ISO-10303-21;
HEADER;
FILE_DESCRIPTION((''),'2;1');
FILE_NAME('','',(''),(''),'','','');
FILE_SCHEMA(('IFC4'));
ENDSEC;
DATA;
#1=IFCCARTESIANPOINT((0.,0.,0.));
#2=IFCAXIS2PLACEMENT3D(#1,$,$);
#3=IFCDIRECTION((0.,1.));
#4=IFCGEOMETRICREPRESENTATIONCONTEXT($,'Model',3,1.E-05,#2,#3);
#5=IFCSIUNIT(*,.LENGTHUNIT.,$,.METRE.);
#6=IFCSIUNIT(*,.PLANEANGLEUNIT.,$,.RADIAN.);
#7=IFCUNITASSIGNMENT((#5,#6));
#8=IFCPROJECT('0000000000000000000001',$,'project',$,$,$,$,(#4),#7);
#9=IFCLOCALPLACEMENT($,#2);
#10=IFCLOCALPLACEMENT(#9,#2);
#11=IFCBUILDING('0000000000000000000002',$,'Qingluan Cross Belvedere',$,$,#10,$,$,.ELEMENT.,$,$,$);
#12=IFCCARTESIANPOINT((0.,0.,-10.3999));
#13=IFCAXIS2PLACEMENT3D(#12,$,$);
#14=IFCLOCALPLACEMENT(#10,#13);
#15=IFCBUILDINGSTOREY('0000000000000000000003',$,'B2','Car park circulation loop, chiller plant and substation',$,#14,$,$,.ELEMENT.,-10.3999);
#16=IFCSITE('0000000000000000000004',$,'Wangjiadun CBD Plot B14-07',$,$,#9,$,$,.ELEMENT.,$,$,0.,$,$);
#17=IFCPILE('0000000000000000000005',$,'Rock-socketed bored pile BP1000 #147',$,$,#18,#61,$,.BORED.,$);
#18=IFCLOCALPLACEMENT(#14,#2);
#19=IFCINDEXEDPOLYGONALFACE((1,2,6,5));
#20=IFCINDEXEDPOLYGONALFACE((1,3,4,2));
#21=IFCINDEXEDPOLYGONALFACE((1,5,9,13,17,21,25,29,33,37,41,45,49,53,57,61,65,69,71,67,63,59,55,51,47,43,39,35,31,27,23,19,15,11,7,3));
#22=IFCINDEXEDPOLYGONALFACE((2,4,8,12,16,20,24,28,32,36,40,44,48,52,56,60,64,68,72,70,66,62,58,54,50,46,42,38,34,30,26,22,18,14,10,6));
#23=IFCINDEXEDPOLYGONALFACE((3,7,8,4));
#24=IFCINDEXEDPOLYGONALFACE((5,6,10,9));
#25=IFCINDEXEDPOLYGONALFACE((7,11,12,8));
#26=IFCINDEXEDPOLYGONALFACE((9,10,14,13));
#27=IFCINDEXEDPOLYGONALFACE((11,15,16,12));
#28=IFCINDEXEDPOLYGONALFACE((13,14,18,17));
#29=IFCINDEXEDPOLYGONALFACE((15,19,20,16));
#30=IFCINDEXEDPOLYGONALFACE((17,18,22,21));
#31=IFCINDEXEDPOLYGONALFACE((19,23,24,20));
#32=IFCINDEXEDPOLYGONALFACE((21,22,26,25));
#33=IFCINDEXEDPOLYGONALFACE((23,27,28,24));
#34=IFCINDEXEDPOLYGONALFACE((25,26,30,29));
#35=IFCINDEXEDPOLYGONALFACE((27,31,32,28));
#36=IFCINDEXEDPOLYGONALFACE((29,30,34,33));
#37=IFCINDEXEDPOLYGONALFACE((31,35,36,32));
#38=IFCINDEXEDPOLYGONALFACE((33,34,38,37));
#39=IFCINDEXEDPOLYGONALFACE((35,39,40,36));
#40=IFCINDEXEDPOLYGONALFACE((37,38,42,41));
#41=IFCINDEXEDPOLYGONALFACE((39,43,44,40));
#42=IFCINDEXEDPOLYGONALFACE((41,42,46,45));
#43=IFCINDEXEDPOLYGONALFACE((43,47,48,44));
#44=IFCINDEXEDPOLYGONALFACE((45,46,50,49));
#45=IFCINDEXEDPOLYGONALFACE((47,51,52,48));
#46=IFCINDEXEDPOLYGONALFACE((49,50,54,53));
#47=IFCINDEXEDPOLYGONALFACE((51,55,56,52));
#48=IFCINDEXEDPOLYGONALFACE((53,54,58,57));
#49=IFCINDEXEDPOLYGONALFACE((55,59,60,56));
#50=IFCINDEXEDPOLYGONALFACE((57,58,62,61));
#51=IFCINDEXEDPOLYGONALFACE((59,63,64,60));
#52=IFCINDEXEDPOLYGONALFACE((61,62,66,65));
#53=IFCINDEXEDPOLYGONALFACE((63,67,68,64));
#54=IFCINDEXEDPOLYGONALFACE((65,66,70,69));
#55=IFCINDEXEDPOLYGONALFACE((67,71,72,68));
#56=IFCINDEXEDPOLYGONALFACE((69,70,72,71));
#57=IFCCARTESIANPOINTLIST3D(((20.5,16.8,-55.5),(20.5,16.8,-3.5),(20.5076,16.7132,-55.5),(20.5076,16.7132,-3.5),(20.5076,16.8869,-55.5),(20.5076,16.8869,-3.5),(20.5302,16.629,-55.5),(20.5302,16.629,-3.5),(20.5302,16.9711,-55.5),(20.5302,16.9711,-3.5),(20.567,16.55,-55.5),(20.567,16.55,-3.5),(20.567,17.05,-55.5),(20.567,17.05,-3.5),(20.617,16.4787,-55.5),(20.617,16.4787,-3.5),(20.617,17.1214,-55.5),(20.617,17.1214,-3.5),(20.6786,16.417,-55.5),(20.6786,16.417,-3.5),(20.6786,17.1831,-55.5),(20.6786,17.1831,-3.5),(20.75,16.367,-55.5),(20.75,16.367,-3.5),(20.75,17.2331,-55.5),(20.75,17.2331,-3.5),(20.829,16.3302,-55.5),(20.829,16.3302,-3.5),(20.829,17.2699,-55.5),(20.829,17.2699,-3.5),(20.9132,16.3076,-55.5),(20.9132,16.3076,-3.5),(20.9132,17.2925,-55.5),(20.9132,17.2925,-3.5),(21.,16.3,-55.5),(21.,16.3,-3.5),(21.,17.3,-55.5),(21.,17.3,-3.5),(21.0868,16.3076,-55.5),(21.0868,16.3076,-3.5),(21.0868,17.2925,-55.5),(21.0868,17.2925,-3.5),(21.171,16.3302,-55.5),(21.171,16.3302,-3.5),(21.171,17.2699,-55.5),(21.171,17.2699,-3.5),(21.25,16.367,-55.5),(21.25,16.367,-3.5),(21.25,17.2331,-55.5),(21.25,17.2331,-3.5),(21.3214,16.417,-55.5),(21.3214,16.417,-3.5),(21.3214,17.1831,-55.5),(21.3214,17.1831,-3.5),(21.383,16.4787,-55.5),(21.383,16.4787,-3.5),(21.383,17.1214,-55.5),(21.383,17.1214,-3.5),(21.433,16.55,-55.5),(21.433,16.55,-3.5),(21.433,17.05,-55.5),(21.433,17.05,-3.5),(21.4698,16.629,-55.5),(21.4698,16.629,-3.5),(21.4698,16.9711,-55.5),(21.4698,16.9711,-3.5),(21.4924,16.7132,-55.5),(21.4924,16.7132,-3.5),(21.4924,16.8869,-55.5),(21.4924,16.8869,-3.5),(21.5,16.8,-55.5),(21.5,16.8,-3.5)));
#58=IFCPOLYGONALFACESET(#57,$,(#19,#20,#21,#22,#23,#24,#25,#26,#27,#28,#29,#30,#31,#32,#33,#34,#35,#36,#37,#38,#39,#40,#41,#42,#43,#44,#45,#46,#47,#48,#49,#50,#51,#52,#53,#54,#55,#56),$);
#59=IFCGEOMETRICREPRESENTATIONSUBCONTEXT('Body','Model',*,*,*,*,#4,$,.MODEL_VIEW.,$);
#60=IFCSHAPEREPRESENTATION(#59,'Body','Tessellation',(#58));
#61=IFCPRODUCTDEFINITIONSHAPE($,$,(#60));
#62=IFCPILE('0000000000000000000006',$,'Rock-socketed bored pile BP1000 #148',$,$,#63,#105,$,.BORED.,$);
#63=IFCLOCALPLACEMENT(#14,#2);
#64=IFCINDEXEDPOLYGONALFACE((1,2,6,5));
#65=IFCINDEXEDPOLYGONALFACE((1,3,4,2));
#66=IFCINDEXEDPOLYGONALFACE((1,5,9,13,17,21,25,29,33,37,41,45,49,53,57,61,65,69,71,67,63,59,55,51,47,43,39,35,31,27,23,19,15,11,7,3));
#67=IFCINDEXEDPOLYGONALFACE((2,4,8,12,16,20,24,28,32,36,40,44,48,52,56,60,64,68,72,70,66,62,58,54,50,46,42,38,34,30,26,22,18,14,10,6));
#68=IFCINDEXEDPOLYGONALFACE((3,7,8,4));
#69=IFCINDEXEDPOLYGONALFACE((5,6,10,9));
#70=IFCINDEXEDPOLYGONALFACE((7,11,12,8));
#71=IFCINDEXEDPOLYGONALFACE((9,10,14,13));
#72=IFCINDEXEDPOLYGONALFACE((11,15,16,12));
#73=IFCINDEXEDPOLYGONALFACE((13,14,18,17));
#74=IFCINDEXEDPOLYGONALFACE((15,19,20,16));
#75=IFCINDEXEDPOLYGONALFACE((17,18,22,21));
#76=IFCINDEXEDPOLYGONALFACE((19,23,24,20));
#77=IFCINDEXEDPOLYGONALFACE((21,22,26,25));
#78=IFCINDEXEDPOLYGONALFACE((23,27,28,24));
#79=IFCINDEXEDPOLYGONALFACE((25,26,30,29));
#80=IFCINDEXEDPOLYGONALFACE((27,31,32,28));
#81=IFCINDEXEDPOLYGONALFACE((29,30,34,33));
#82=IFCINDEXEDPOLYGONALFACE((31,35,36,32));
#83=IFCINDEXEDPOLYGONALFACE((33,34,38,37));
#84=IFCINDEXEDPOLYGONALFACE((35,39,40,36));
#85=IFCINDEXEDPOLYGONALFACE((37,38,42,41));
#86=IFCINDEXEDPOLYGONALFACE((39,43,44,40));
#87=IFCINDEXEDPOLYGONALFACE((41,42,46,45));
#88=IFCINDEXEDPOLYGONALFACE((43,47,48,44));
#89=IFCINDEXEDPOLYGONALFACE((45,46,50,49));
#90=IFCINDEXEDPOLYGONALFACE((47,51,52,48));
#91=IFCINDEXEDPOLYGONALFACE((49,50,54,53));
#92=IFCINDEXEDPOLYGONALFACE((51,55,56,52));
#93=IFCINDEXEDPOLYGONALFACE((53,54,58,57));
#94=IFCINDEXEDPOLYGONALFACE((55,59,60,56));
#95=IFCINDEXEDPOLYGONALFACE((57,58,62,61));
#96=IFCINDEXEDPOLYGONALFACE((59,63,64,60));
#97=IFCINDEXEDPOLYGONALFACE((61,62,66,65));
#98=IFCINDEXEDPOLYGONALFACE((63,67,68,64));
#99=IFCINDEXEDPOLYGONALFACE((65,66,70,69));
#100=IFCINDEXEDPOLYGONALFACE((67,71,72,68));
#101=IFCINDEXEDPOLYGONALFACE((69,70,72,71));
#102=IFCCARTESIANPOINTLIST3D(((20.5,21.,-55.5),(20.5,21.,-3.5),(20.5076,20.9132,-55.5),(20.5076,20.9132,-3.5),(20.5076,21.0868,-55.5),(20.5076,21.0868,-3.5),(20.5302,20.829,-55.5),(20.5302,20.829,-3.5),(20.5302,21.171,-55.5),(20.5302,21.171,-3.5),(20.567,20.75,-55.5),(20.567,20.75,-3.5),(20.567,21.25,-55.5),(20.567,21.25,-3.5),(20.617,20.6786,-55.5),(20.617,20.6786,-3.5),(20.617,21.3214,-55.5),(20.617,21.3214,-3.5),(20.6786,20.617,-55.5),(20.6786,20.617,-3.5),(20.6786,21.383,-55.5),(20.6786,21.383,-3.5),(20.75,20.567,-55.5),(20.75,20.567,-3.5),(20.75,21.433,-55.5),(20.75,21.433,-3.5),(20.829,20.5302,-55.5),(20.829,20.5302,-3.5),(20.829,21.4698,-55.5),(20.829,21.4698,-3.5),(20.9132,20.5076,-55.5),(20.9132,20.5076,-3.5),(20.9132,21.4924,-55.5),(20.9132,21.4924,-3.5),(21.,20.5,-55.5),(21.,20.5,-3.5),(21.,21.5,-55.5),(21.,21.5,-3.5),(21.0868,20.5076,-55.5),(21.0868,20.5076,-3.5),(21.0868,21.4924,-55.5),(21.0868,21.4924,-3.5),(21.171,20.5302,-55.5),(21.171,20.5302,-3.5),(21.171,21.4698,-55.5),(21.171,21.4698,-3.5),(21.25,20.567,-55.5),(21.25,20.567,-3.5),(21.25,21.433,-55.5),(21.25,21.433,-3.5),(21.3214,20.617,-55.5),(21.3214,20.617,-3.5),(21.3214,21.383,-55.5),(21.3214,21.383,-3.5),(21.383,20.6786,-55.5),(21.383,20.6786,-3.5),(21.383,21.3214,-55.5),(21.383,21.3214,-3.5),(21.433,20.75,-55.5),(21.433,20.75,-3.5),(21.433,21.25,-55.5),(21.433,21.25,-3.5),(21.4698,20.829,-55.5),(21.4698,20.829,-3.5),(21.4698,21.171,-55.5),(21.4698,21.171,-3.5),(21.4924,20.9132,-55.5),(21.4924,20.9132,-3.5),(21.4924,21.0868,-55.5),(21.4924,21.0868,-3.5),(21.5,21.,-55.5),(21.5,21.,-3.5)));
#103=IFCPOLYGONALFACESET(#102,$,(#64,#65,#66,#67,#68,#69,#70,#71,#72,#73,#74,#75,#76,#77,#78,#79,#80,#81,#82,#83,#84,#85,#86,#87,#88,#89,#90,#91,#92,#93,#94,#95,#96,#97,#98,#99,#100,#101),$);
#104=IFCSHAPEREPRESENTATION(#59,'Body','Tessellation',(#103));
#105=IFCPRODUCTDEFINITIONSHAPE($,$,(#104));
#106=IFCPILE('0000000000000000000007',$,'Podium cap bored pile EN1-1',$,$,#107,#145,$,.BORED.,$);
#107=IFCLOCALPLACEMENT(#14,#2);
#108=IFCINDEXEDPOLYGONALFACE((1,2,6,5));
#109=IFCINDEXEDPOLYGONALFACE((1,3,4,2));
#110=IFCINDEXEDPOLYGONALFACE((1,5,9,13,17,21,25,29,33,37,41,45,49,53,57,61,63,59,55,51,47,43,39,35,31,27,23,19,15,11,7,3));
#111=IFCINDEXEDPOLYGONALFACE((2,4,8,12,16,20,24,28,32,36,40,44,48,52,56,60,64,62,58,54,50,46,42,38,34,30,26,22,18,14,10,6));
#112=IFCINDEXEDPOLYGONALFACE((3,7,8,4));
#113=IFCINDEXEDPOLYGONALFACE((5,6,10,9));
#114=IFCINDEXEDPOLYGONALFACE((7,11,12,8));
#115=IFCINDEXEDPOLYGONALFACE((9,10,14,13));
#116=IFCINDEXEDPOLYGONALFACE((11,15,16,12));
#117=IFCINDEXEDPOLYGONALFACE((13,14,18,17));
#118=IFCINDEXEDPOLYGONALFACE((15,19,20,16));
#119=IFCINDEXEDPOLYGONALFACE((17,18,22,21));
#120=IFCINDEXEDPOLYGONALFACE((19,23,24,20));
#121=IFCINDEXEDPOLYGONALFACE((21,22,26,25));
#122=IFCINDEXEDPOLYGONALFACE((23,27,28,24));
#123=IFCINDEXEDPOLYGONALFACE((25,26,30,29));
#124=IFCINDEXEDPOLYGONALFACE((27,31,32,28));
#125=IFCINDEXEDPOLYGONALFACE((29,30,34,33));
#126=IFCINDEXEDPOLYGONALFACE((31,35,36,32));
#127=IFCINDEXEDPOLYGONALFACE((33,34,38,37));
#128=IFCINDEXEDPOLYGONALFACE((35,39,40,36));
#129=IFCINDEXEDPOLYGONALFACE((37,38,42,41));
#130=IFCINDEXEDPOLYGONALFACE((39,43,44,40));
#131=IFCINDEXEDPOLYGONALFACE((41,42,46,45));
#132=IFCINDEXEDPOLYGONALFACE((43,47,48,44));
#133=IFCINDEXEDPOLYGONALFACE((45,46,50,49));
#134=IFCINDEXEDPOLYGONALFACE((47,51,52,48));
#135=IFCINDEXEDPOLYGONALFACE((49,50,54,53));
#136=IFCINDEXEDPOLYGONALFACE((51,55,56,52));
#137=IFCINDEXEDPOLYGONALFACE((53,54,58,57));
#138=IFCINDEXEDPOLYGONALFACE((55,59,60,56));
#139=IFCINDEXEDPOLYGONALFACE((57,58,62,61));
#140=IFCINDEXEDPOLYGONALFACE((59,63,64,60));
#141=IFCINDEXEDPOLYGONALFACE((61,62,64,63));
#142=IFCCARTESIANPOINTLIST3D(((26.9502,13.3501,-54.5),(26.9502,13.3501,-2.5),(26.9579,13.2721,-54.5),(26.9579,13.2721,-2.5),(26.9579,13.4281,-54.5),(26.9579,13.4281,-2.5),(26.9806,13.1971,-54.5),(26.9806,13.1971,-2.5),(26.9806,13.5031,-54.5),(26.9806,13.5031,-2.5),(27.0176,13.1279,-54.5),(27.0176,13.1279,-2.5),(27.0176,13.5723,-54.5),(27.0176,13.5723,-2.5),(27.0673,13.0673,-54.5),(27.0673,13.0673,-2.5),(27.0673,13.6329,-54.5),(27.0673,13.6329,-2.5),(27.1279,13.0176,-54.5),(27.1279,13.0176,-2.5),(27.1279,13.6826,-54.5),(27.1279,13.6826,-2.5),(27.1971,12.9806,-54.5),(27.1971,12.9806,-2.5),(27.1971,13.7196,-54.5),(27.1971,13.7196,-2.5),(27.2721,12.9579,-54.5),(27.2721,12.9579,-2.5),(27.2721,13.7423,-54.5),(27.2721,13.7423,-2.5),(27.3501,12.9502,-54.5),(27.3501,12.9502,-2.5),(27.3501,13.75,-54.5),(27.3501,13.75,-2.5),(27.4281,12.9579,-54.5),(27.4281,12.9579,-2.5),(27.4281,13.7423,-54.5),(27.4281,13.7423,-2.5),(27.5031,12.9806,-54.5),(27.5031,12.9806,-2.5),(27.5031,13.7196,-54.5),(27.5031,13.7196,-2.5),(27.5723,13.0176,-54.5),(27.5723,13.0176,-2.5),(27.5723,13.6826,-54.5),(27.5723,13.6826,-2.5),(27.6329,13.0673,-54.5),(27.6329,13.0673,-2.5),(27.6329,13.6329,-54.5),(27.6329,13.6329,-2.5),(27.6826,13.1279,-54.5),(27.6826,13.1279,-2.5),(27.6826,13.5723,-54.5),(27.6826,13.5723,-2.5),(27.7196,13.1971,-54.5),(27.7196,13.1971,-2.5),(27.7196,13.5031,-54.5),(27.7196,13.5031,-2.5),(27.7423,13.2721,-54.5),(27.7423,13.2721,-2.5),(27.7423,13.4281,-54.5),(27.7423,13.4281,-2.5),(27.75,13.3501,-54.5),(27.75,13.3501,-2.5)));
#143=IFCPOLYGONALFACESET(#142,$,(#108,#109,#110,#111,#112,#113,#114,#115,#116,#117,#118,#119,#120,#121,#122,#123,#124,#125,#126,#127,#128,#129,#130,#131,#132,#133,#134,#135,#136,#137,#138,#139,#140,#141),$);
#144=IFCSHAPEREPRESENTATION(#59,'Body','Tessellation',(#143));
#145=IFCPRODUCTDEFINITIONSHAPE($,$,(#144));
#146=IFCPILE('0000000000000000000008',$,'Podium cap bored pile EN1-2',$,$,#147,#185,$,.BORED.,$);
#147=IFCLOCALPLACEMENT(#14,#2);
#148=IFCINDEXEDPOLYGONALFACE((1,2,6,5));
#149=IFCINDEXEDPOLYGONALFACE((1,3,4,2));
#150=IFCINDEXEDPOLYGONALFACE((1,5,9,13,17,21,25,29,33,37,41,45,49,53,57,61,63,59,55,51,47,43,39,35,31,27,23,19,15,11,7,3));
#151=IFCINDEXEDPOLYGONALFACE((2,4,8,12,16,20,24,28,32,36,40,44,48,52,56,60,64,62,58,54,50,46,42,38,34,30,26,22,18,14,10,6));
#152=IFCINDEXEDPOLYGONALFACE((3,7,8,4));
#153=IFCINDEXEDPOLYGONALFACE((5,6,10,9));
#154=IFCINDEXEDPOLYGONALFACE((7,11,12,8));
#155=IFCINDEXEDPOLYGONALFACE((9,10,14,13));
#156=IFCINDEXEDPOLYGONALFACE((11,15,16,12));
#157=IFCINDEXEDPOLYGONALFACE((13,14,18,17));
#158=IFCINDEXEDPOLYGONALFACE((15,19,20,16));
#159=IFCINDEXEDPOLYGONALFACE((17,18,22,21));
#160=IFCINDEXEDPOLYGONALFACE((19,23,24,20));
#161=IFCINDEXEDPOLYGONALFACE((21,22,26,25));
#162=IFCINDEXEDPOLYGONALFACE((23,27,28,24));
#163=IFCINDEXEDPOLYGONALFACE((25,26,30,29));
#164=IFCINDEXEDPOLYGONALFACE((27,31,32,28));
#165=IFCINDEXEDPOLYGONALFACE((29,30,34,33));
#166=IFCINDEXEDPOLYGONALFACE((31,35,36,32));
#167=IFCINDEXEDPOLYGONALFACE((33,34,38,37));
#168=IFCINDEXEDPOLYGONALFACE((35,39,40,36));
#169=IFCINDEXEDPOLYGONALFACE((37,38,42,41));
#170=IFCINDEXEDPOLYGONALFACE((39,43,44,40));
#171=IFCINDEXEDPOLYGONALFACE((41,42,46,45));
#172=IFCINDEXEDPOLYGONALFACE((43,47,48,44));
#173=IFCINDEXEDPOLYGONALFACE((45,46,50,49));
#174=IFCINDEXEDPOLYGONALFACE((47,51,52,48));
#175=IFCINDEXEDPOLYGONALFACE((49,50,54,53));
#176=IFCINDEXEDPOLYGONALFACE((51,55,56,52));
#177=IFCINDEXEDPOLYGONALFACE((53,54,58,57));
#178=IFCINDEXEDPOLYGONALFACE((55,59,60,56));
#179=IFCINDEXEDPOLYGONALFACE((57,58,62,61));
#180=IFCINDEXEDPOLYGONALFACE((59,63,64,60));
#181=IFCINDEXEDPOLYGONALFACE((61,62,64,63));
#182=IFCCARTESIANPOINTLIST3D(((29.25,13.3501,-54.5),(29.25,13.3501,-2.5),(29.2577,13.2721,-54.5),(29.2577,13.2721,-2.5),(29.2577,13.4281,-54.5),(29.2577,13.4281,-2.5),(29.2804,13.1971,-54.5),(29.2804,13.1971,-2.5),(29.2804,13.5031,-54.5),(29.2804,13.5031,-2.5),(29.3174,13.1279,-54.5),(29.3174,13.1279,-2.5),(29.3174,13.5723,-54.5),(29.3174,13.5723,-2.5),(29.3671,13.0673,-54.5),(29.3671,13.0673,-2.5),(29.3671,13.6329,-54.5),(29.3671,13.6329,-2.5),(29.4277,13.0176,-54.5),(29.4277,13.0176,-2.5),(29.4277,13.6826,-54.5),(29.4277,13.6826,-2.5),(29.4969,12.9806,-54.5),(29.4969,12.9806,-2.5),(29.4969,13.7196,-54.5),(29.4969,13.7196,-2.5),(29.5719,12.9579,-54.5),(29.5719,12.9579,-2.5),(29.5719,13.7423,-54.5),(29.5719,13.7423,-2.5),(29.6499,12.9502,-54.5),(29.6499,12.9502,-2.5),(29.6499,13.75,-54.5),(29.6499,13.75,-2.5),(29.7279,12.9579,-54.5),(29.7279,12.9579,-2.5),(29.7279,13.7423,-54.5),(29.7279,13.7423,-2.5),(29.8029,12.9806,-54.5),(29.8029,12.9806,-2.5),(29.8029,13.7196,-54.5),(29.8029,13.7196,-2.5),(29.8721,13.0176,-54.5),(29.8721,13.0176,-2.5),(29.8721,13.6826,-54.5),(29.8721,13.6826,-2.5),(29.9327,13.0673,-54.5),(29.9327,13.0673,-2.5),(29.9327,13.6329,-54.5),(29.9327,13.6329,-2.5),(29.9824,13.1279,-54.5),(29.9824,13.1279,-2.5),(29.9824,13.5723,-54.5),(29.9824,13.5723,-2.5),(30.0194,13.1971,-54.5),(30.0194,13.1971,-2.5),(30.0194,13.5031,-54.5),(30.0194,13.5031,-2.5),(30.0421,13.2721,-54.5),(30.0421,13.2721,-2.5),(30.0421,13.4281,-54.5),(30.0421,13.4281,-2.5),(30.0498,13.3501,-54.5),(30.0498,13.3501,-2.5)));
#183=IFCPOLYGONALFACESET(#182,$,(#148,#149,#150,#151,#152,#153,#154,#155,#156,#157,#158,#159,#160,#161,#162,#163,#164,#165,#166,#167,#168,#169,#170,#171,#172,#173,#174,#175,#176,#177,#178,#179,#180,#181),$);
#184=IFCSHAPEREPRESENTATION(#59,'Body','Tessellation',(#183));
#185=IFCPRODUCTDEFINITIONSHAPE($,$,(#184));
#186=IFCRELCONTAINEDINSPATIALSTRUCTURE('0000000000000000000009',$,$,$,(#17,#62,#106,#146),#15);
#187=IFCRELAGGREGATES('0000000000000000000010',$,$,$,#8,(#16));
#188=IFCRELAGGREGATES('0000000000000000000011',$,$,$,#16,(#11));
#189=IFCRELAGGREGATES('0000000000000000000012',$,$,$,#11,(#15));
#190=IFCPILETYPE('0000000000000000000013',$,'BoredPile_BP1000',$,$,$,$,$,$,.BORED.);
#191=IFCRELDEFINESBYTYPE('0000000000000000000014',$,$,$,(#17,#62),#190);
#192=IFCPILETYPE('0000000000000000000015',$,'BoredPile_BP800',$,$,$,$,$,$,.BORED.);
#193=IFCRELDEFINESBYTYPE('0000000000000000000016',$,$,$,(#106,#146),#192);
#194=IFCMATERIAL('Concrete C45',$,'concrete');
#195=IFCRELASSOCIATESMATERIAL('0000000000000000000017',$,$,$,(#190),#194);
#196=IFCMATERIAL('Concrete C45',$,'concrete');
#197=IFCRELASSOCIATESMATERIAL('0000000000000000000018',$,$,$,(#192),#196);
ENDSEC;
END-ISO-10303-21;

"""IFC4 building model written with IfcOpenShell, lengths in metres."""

from ifc_helpers import new_model, si_unit, direction, frame, origin, origin_2d, place, context, subcontext, project, spatial, circle, extrude, material, material_profile, profile_set, type_object, element, save


model = new_model("IFC4")

# Units and contexts
model_context = context("Model", 3, precision=1e-05, world=origin(), true_north=direction((0.0, 1.0)))
body_context = subcontext(model_context, "Body", "Model", "MODEL_VIEW")
ifc_project = project(units=[si_unit("LENGTHUNIT", "METRE"), si_unit("PLANEANGLEUNIT", "RADIAN")], contexts=[model_context])

# Site, building, storey
site_placement = place(None, origin())
site = spatial("IfcSite", under=ifc_project, at=site_placement, Name="Wangjiadun CBD Plot B14-07", CompositionType="ELEMENT", RefElevation=0.0)
building_placement = place(site_placement, origin())
building = spatial("IfcBuilding", under=site, at=building_placement, Name="Qingluan Cross Belvedere", CompositionType="ELEMENT")
storey_placement = place(building_placement, frame((0.0, 0.0, -10.3999)))
storey = spatial("IfcBuildingStorey", under=building, at=storey_placement, Name="B2", Description="Car park circulation loop, chiller plant and substation", CompositionType="ELEMENT", Elevation=-10.3999)

# Piles
ifc_material_1 = material(Name="Concrete C45", Category="concrete")
ifc_material_profile_1 = material_profile(ifc_material_1, circle(Radius=0.5, at=origin_2d()), Name="BP1000")
ifc_profile_set_1 = profile_set([ifc_material_profile_1], Name="Concrete C45")
pile_type_1 = type_object("IfcPileType", Name="BoredPile_BP1000", PredefinedType="BORED", material=ifc_profile_set_1)
for number, where, z_axis, x_axis, name in (
    (1, (21.0, 16.8, -3.5), (0.0, 0.0, -1.0), (1.0, 0.0, 0.0), "Rock-socketed bored pile BP1000 #147"),
    (2, (21.0, 21.0, -3.5), (0.0, 0.0, -1.0), (1.0, 0.0, 0.0), "Rock-socketed bored pile BP1000 #148"),
):
    element("IfcPile", number, at=place(storey_placement, frame(where, z_axis=z_axis, x_axis=x_axis)), inside=storey, type_object=pile_type_1, Name=name, PredefinedType="BORED", context=body_context, shape_type="SweptSolid", body=[
        extrude(circle(Radius=0.5, at=origin_2d()), origin(), (0.0, 0.0, 1.0), 52.0),
    ])
ifc_material_2 = material(Name="Concrete C45", Category="concrete")
ifc_material_profile_2 = material_profile(ifc_material_2, circle(Radius=0.3999, at=origin_2d()), Name="BP800")
ifc_profile_set_2 = profile_set([ifc_material_profile_2], Name="Concrete C45")
pile_type_2 = type_object("IfcPileType", Name="BoredPile_BP800", PredefinedType="BORED", material=ifc_profile_set_2)
for number, where, z_axis, x_axis, name in (
    (3, (27.3501, 13.3501, -2.5), (0.0, 0.0, -1.0), (1.0, 0.0, 0.0), "Podium cap bored pile EN1-1"),
    (4, (29.6499, 13.3501, -2.5), (0.0, 0.0, -1.0), (1.0, 0.0, 0.0), "Podium cap bored pile EN1-2"),
):
    element("IfcPile", number, at=place(storey_placement, frame(where, z_axis=z_axis, x_axis=x_axis)), inside=storey, type_object=pile_type_2, Name=name, PredefinedType="BORED", context=body_context, shape_type="SweptSolid", body=[
        extrude(circle(Radius=0.3999, at=origin_2d()), origin(), (0.0, 0.0, 1.0), 52.0),
    ])

save(model, "model.ifc")
